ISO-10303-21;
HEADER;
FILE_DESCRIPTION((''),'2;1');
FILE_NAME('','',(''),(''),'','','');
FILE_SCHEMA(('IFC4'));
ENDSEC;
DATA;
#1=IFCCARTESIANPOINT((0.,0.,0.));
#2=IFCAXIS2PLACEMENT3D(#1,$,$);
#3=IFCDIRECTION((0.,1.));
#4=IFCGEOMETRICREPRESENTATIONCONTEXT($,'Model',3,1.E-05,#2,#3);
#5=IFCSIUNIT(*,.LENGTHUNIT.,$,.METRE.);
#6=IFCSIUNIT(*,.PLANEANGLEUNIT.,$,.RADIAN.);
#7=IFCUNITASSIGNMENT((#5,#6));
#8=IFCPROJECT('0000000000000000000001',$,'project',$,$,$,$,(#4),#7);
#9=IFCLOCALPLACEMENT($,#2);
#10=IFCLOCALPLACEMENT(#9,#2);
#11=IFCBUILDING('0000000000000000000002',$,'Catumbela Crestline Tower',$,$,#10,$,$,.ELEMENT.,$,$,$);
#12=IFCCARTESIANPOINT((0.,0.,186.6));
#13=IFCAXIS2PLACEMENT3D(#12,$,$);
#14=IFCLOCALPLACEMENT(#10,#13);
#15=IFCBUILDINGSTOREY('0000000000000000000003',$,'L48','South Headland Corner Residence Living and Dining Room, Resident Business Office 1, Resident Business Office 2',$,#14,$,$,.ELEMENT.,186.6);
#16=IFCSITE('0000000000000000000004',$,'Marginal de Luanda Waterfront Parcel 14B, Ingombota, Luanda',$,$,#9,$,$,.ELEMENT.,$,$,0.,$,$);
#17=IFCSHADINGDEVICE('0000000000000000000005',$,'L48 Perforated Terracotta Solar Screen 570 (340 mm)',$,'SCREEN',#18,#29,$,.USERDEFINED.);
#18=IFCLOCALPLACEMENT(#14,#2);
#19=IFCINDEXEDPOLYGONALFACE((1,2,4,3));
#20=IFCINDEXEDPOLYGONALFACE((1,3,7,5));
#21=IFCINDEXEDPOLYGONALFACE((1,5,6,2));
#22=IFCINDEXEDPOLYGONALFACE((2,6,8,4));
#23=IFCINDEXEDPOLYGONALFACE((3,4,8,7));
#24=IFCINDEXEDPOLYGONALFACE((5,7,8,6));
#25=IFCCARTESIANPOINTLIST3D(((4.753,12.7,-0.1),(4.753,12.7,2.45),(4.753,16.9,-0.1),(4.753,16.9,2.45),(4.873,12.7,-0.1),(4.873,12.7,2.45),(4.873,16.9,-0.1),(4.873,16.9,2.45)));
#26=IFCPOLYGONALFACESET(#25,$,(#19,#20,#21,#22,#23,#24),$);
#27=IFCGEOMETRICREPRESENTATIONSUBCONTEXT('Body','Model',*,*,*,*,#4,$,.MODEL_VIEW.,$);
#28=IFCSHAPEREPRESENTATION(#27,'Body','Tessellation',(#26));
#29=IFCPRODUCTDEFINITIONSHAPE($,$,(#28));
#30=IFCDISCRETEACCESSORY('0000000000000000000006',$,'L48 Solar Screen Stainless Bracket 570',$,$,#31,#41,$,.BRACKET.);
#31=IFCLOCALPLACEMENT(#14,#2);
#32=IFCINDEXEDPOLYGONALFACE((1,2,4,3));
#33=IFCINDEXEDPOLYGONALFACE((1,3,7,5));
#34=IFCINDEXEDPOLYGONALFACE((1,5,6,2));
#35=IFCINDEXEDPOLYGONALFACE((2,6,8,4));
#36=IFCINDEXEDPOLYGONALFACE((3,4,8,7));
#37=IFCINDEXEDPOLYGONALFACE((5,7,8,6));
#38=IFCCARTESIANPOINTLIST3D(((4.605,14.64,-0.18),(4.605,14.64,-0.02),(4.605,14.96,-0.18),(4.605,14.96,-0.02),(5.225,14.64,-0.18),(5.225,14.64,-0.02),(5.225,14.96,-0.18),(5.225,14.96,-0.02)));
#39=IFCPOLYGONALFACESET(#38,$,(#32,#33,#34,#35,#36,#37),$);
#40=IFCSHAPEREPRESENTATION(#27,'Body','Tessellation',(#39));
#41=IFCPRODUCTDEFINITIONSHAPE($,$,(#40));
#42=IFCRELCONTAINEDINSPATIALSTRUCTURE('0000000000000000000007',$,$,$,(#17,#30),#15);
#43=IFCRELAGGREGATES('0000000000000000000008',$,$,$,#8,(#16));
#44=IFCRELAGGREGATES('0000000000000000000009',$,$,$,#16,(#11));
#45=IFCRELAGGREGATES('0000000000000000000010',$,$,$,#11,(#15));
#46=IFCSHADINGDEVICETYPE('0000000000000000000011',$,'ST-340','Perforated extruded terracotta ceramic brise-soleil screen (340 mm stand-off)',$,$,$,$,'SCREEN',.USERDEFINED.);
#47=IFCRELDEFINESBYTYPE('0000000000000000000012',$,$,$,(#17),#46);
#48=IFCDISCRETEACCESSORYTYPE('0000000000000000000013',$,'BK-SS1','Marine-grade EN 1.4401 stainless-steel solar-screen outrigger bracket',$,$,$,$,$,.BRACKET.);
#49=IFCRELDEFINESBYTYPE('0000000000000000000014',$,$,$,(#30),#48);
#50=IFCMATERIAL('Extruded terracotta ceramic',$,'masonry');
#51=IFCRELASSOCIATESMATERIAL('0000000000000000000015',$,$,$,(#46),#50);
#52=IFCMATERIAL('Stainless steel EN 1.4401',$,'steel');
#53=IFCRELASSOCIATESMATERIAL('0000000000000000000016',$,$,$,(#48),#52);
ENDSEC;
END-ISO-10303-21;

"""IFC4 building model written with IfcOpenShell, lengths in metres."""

from ifc_helpers import new_model, si_unit, direction, frame, origin, origin_2d, place, context, subcontext, project, spatial, rectangle, extrude, material, type_object, element, save


model = new_model("IFC4")

# Units and contexts
model_context = context("Model", 3, precision=1e-05, world=origin(), true_north=direction((0.0, 1.0)))
body_context = subcontext(model_context, "Body", "Model", "MODEL_VIEW")
ifc_project = project(units=[si_unit("LENGTHUNIT", "METRE"), si_unit("PLANEANGLEUNIT", "RADIAN")], contexts=[model_context])

# Site, building, storey
site_placement = place(None, origin())
site = spatial("IfcSite", under=ifc_project, at=site_placement, Name="Marginal de Luanda Waterfront Parcel 14B, Ingombota, Luanda", CompositionType="ELEMENT", RefElevation=0.0)
building_placement = place(site_placement, origin())
building = spatial("IfcBuilding", under=site, at=building_placement, Name="Catumbela Crestline Tower", CompositionType="ELEMENT")
storey_placement = place(building_placement, frame((0.0, 0.0, 186.6)))
storey = spatial("IfcBuildingStorey", under=building, at=storey_placement, Name="L48", Description="South Headland Corner Residence Living and Dining Room, Resident Business Office 1, Resident Business Office 2", CompositionType="ELEMENT", Elevation=186.6)

# Shading device
ifc_material_1 = material(Name="Extruded terracotta ceramic", Category="masonry")
shading_device_type = type_object("IfcShadingDeviceType", Name="ST-340", Description="Perforated extruded terracotta ceramic brise-soleil screen (340 mm stand-off)", ElementType="SCREEN", PredefinedType="USERDEFINED", material=ifc_material_1)
shading_device_placement = place(storey_placement, frame((4.813, 14.8, -0.1), z_axis=(0.0, 0.0, 1.0), x_axis=(0.0, -1.0, 0.0)))
element("IfcShadingDevice", 1, at=shading_device_placement, inside=storey, type_object=shading_device_type, Name="L48 Perforated Terracotta Solar Screen 570 (340 mm)", ObjectType="SCREEN", PredefinedType="USERDEFINED", context=body_context, shape_type="SweptSolid", body=[
    extrude(rectangle(XDim=4.2, YDim=0.12, at=origin_2d()), origin(), (0.0, 0.0, 1.0), 2.55),
])

# Discrete accessory
ifc_material_2 = material(Name="Stainless steel EN 1.4401", Category="steel")
discrete_accessory_type = type_object("IfcDiscreteAccessoryType", Name="BK-SS1", Description="Marine-grade EN 1.4401 stainless-steel solar-screen outrigger bracket", PredefinedType="BRACKET", material=ifc_material_2)
discrete_accessory_placement = place(storey_placement, frame((4.915, 14.8, -0.18), z_axis=(0.0, 0.0, 1.0), x_axis=(0.0, -1.0, 0.0)))
element("IfcDiscreteAccessory", 2, at=discrete_accessory_placement, inside=storey, type_object=discrete_accessory_type, Name="L48 Solar Screen Stainless Bracket 570", PredefinedType="BRACKET", context=body_context, shape_type="SweptSolid", body=[
    extrude(rectangle(XDim=0.32, YDim=0.62, at=origin_2d()), origin(), (0.0, 0.0, 1.0), 0.16),
])

save(model, "model.ifc")
